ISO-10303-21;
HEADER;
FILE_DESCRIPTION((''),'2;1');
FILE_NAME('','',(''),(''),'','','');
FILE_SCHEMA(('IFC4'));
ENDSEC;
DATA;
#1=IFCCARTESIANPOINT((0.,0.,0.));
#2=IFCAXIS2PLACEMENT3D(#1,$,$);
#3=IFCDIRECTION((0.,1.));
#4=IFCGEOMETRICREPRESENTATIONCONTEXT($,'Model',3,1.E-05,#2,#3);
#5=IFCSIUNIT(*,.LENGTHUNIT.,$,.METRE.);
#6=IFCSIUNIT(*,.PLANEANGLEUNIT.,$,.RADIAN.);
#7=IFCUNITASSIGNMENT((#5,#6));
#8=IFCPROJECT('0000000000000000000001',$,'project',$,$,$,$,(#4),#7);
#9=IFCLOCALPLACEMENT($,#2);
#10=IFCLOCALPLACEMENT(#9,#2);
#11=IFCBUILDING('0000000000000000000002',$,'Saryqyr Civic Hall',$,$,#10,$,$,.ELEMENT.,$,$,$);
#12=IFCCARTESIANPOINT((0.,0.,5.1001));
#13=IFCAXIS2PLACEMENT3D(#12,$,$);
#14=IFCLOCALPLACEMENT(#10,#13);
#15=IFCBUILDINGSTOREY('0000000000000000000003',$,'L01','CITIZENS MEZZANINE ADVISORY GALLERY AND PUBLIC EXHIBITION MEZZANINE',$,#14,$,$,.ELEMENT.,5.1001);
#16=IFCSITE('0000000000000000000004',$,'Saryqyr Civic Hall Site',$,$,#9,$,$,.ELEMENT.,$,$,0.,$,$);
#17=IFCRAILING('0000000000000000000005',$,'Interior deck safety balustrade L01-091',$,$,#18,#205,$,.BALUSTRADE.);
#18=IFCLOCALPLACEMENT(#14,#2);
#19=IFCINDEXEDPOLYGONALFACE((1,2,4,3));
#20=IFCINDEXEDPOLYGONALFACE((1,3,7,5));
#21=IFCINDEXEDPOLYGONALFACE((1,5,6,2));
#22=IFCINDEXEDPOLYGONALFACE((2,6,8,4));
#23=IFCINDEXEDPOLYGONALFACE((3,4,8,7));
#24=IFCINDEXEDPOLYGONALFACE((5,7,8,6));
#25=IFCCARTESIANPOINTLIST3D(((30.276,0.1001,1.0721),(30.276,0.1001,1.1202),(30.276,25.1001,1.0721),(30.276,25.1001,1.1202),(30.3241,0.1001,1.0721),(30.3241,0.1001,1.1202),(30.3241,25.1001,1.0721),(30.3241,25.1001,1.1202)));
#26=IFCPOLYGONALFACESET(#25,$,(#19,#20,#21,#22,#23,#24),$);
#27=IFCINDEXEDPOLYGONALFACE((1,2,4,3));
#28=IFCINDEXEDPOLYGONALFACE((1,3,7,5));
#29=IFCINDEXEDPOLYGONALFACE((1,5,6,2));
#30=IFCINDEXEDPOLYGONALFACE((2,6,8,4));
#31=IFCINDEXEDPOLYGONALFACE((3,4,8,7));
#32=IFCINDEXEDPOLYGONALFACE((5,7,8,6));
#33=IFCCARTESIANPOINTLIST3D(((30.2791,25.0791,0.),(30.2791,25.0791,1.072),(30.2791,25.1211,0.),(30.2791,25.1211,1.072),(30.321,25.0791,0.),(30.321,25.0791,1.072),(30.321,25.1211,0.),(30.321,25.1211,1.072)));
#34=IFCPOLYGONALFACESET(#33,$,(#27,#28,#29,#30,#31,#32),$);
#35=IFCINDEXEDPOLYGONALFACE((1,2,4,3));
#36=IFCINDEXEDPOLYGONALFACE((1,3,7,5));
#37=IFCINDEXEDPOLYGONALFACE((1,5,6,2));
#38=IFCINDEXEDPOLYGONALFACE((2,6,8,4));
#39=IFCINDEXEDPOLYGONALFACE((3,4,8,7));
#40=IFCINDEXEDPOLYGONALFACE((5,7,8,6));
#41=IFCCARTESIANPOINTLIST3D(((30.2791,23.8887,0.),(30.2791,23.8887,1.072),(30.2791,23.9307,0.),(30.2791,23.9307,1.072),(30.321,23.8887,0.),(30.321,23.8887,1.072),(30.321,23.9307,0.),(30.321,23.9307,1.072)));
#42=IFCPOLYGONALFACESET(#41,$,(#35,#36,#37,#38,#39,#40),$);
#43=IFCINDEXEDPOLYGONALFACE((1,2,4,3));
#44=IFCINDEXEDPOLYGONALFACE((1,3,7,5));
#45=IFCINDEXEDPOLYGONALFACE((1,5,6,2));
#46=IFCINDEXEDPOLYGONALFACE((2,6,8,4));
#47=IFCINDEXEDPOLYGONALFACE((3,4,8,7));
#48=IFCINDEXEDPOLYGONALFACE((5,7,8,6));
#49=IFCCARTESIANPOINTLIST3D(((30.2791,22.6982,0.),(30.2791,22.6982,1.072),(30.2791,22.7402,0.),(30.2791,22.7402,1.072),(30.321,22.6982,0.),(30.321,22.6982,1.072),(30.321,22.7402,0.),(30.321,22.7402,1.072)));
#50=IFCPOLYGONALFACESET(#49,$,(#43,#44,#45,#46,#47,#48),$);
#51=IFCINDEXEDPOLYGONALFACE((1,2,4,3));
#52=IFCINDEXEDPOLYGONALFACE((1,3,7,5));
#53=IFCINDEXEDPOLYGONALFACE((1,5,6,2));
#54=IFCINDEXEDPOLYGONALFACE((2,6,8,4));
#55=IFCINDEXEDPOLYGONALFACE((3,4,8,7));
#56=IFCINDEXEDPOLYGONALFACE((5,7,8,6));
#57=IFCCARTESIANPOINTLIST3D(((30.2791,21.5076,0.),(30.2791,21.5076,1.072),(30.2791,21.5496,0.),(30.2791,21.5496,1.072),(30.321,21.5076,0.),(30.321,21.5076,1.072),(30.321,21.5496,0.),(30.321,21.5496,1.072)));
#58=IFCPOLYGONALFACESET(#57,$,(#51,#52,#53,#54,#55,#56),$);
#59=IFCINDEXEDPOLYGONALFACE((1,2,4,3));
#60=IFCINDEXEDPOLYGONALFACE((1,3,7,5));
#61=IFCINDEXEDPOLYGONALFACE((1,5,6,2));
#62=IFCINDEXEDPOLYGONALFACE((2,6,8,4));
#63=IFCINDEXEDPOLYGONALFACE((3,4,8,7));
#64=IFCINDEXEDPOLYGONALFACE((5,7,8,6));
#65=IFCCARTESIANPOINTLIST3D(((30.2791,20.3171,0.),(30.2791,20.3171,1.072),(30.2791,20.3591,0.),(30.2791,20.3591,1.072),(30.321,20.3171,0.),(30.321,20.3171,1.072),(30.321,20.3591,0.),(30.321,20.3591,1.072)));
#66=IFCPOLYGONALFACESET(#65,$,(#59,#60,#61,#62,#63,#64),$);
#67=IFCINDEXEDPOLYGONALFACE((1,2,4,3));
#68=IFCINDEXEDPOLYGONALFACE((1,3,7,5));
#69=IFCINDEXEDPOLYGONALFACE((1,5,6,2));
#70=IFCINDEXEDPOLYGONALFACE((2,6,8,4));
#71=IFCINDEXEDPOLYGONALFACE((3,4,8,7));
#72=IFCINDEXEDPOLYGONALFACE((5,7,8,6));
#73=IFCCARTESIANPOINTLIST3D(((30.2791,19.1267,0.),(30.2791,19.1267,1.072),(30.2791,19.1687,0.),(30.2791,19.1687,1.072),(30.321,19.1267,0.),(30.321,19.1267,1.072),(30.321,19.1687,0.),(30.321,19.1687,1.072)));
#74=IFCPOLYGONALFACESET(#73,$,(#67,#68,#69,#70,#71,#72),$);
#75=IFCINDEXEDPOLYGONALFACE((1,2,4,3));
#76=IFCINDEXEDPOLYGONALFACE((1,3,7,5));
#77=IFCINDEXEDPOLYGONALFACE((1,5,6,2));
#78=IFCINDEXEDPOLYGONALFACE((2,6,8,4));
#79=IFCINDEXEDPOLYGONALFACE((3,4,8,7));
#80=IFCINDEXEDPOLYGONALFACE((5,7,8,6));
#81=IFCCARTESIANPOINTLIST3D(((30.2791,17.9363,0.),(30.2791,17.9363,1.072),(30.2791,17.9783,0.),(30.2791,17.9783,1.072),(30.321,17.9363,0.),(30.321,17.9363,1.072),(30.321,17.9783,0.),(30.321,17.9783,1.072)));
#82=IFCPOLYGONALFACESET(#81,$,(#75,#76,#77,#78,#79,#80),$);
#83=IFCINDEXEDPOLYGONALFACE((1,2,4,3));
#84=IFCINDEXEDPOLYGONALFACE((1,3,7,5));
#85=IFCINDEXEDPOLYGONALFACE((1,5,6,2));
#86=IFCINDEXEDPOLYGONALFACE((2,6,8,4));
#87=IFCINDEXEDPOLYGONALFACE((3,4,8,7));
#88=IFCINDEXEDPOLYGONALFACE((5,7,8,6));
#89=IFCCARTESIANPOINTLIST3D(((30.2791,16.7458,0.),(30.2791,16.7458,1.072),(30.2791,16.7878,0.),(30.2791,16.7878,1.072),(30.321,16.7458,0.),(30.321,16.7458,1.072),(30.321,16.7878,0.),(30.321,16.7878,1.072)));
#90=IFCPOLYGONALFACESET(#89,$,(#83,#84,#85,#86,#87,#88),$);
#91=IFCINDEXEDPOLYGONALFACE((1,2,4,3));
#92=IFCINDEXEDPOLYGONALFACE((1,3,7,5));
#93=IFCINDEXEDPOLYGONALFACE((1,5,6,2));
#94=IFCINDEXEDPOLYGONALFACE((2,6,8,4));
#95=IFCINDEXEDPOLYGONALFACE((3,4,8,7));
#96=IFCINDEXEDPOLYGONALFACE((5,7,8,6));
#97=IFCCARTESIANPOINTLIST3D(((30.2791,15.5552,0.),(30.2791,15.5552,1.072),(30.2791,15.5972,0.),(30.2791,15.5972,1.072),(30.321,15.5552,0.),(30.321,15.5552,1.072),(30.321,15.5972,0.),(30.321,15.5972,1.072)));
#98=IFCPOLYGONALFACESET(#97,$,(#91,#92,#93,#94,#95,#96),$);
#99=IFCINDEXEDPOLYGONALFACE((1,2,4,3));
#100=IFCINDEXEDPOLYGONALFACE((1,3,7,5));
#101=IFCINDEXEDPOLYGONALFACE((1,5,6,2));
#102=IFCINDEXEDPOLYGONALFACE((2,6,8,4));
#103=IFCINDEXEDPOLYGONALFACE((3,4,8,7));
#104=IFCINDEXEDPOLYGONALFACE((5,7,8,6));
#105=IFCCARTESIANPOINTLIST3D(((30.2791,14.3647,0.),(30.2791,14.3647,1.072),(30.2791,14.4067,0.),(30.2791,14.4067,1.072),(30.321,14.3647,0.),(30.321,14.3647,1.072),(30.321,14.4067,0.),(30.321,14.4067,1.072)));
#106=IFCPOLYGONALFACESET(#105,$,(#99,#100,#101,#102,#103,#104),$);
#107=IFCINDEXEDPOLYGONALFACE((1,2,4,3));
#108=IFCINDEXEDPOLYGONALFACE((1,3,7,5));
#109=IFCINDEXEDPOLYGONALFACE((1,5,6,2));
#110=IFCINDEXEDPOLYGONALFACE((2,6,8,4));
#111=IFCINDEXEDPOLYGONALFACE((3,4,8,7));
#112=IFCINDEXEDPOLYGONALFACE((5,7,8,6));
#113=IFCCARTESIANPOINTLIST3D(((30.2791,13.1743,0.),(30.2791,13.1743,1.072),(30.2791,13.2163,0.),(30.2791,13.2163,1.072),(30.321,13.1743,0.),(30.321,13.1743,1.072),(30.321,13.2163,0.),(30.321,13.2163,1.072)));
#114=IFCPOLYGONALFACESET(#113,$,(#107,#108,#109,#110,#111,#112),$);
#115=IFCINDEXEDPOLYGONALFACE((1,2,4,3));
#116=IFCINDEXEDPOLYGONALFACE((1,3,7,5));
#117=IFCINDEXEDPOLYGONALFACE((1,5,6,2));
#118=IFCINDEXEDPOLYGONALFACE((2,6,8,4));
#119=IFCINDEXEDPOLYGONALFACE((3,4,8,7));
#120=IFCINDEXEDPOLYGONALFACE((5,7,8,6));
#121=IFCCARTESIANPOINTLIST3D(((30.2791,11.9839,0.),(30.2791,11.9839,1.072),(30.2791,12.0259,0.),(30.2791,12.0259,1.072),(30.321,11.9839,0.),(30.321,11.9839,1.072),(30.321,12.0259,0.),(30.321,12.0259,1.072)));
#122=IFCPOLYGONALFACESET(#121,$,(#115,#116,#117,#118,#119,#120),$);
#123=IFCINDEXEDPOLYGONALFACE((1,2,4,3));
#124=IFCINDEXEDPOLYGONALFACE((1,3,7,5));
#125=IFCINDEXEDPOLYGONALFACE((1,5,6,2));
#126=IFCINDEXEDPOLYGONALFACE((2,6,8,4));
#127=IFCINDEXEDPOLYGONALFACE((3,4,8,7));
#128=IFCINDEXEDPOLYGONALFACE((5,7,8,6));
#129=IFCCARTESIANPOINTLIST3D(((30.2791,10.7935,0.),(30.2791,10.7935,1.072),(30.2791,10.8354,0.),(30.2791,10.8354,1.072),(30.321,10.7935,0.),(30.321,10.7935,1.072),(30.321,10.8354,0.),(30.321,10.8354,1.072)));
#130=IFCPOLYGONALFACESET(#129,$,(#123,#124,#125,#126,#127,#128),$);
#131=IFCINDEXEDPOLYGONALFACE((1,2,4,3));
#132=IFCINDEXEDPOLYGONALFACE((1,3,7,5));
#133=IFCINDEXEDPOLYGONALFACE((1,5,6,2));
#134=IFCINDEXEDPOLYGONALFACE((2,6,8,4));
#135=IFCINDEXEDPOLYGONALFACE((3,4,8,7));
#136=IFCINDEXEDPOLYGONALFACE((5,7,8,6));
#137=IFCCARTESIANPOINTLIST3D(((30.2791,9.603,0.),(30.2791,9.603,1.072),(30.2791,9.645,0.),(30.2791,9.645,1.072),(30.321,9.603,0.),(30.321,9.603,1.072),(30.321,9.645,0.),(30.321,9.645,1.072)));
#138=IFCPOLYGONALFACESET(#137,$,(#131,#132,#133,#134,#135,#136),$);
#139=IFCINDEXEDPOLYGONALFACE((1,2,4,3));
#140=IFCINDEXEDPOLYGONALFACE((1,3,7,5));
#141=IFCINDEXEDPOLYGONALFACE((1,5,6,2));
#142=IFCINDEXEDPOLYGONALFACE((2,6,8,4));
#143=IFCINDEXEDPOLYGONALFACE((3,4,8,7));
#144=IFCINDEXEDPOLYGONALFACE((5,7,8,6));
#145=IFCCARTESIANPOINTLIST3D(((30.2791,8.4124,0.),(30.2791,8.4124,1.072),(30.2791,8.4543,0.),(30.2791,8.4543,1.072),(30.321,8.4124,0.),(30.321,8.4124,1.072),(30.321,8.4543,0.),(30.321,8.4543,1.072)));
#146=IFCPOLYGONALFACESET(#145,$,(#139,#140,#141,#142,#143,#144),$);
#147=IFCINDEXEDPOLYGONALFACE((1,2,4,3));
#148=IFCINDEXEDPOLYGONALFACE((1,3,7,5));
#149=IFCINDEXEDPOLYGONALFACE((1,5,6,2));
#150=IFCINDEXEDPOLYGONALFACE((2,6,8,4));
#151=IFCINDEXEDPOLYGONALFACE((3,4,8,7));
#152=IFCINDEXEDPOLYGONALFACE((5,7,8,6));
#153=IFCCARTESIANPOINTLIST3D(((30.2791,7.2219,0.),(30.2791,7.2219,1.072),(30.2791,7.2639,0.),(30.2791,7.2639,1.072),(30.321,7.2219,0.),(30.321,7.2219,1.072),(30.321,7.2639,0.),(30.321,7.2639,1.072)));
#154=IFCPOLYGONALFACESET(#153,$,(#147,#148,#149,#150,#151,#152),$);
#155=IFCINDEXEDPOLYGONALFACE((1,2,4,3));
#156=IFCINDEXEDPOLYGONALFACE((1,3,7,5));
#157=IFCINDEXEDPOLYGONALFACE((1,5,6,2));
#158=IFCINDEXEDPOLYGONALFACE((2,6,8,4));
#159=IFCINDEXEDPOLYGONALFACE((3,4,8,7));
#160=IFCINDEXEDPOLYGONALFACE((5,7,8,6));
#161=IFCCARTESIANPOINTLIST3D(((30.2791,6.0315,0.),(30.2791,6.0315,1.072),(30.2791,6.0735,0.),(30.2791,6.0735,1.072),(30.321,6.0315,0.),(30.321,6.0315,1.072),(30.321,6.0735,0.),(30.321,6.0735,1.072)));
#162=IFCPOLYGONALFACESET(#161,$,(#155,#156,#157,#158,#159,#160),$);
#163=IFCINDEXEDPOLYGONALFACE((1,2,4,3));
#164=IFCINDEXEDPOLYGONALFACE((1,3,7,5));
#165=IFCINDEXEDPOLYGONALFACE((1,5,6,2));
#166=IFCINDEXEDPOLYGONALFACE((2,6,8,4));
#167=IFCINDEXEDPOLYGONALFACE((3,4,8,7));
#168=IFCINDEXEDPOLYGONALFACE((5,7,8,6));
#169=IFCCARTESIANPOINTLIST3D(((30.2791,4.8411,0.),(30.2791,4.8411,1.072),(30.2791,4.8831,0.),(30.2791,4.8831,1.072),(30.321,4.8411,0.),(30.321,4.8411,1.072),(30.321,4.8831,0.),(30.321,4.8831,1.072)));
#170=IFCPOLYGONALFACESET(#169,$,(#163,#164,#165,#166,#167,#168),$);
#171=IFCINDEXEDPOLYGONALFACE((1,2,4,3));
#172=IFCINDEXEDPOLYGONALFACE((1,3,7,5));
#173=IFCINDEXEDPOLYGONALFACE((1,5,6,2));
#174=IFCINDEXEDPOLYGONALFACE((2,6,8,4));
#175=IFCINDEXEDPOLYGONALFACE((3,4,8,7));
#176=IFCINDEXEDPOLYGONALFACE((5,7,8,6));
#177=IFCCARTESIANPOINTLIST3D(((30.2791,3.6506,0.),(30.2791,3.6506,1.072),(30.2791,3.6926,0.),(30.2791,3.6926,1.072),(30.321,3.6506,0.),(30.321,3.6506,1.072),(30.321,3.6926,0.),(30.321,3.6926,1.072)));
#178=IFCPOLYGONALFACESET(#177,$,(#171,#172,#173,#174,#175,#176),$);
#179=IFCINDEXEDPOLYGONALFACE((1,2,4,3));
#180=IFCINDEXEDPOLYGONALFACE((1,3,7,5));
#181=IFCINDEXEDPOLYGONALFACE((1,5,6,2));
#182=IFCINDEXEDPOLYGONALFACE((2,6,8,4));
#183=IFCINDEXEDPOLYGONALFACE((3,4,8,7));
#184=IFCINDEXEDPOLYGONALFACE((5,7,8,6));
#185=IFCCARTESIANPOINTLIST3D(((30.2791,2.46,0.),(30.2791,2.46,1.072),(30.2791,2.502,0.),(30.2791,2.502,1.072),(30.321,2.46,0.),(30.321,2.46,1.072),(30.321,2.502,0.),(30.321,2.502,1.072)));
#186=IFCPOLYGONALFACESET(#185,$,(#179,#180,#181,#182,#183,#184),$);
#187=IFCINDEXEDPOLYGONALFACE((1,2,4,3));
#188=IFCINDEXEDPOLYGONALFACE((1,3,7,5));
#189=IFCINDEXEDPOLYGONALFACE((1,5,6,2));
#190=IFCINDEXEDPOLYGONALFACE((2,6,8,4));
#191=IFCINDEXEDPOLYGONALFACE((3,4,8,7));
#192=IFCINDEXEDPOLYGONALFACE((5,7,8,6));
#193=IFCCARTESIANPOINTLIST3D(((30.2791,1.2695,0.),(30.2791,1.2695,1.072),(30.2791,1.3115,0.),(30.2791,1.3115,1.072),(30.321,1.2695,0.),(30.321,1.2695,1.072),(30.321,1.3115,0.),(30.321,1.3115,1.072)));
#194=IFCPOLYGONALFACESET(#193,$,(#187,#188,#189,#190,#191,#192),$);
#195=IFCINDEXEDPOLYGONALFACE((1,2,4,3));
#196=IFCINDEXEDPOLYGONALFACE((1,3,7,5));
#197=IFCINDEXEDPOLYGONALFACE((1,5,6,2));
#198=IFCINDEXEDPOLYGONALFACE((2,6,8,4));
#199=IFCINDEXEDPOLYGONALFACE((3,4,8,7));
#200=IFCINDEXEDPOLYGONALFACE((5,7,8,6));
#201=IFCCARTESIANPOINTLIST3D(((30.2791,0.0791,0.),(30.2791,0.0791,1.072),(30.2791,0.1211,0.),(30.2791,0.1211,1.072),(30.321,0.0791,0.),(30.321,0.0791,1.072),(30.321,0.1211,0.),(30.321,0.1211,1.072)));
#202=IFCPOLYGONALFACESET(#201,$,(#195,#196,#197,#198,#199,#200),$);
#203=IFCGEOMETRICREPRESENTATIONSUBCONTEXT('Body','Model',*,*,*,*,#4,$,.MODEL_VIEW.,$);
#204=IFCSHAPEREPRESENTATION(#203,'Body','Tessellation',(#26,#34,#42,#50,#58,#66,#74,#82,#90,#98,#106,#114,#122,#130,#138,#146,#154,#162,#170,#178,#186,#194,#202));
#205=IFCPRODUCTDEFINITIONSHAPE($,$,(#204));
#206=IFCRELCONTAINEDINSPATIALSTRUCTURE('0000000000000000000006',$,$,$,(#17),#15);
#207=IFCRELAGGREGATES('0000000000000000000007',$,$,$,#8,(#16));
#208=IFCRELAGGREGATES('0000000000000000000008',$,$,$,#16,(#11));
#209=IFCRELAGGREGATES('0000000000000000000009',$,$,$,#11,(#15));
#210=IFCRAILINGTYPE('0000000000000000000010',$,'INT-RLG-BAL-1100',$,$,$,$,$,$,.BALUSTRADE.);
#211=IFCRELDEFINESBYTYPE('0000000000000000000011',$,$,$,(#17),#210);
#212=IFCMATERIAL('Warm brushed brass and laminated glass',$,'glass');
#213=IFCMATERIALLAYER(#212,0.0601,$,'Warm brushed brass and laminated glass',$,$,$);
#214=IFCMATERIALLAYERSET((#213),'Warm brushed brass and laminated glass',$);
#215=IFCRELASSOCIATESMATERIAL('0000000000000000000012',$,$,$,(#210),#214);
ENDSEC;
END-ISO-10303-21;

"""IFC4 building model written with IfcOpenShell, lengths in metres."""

from ifc_helpers import new_model, si_unit, direction, frame, origin, origin_2d, place, context, subcontext, project, spatial, rectangle, extrude, material, layer, layer_set, type_object, element, save


model = new_model("IFC4")

# Units and contexts
model_context = context("Model", 3, precision=1e-05, world=origin(), true_north=direction((0.0, 1.0)))
body_context = subcontext(model_context, "Body", "Model", "MODEL_VIEW")
ifc_project = project(units=[si_unit("LENGTHUNIT", "METRE"), si_unit("PLANEANGLEUNIT", "RADIAN")], contexts=[model_context])

# Site, building, storey
site_placement = place(None, origin())
site = spatial("IfcSite", under=ifc_project, at=site_placement, Name="Saryqyr Civic Hall Site", CompositionType="ELEMENT", RefElevation=0.0)
building_placement = place(site_placement, origin())
building = spatial("IfcBuilding", under=site, at=building_placement, Name="Saryqyr Civic Hall", CompositionType="ELEMENT")
storey_placement = place(building_placement, frame((0.0, 0.0, 5.1001)))
storey = spatial("IfcBuildingStorey", under=building, at=storey_placement, Name="L01", Description="CITIZENS MEZZANINE ADVISORY GALLERY AND PUBLIC EXHIBITION MEZZANINE", CompositionType="ELEMENT", Elevation=5.1001)

# Railing
ifc_material_1 = material(Name="Warm brushed brass and laminated glass", Category="glass")
ifc_layer_1 = layer(ifc_material_1, 0.0601, Name="Warm brushed brass and laminated glass")
ifc_layer_set_1 = layer_set([ifc_layer_1], Name="Warm brushed brass and laminated glass")
railing_type = type_object("IfcRailingType", Name="INT-RLG-BAL-1100", PredefinedType="BALUSTRADE", material=ifc_layer_set_1)
railing_1_placement = place(storey_placement, frame((30.3, 25.1001, 0.0)))
element("IfcRailing", 1, at=railing_1_placement, inside=storey, type_object=railing_type, Name="Interior deck safety balustrade L01-091", PredefinedType="BALUSTRADE", context=body_context, shape_type="SweptSolid", body=[
    extrude(rectangle(XDim=0.0481, YDim=0.0481, at=origin_2d()), frame((0.0, 0.0, 1.0962), z_axis=(0.0, -1.0, 0.0), x_axis=(1.0, 0.0, 0.0)), (0.0, 0.0, 1.0), 25.0),
    extrude(rectangle(XDim=0.042, YDim=0.042, at=origin_2d()), origin(), (0.0, 0.0, 1.0), 1.072),
    extrude(rectangle(XDim=0.042, YDim=0.042, at=origin_2d()), frame((0.0, -1.1904, 0.0)), (0.0, 0.0, 1.0), 1.072),
    extrude(rectangle(XDim=0.042, YDim=0.042, at=origin_2d()), frame((0.0, -2.3809, 0.0)), (0.0, 0.0, 1.0), 1.072),
    extrude(rectangle(XDim=0.042, YDim=0.042, at=origin_2d()), frame((0.0, -3.5715, 0.0)), (0.0, 0.0, 1.0), 1.072),
    extrude(rectangle(XDim=0.042, YDim=0.042, at=origin_2d()), frame((0.0, -4.762, 0.0)), (0.0, 0.0, 1.0), 1.072),
    extrude(rectangle(XDim=0.042, YDim=0.042, at=origin_2d()), frame((0.0, -5.9524, 0.0)), (0.0, 0.0, 1.0), 1.072),
    extrude(rectangle(XDim=0.042, YDim=0.042, at=origin_2d()), frame((0.0, -7.1428, 0.0)), (0.0, 0.0, 1.0), 1.072),
    extrude(rectangle(XDim=0.042, YDim=0.042, at=origin_2d()), frame((0.0, -8.3333, 0.0)), (0.0, 0.0, 1.0), 1.072),
    extrude(rectangle(XDim=0.042, YDim=0.042, at=origin_2d()), frame((0.0, -9.5239, 0.0)), (0.0, 0.0, 1.0), 1.072),
    extrude(rectangle(XDim=0.042, YDim=0.042, at=origin_2d()), frame((0.0, -10.7144, 0.0)), (0.0, 0.0, 1.0), 1.072),
    extrude(rectangle(XDim=0.042, YDim=0.042, at=origin_2d()), frame((0.0, -11.9048, 0.0)), (0.0, 0.0, 1.0), 1.072),
    extrude(rectangle(XDim=0.042, YDim=0.042, at=origin_2d()), frame((0.0, -13.0952, 0.0)), (0.0, 0.0, 1.0), 1.072),
    extrude(rectangle(XDim=0.042, YDim=0.042, at=origin_2d()), frame((0.0, -14.2856, 0.0)), (0.0, 0.0, 1.0), 1.072),
    extrude(rectangle(XDim=0.042, YDim=0.042, at=origin_2d()), frame((0.0, -15.4761, 0.0)), (0.0, 0.0, 1.0), 1.072),
    extrude(rectangle(XDim=0.042, YDim=0.042, at=origin_2d()), frame((0.0, -16.6667, 0.0)), (0.0, 0.0, 1.0), 1.072),
    extrude(rectangle(XDim=0.042, YDim=0.042, at=origin_2d()), frame((0.0, -17.8572, 0.0)), (0.0, 0.0, 1.0), 1.072),
    extrude(rectangle(XDim=0.042, YDim=0.042, at=origin_2d()), frame((0.0, -19.0476, 0.0)), (0.0, 0.0, 1.0), 1.072),
    extrude(rectangle(XDim=0.042, YDim=0.042, at=origin_2d()), frame((0.0, -20.238, 0.0)), (0.0, 0.0, 1.0), 1.072),
    extrude(rectangle(XDim=0.042, YDim=0.042, at=origin_2d()), frame((0.0, -21.4285, 0.0)), (0.0, 0.0, 1.0), 1.072),
    extrude(rectangle(XDim=0.042, YDim=0.042, at=origin_2d()), frame((0.0, -22.6191, 0.0)), (0.0, 0.0, 1.0), 1.072),
    extrude(rectangle(XDim=0.042, YDim=0.042, at=origin_2d()), frame((0.0, -23.8096, 0.0)), (0.0, 0.0, 1.0), 1.072),
    extrude(rectangle(XDim=0.042, YDim=0.042, at=origin_2d()), frame((0.0, -25.0, 0.0)), (0.0, 0.0, 1.0), 1.072),
])

save(model, "model.ifc")
